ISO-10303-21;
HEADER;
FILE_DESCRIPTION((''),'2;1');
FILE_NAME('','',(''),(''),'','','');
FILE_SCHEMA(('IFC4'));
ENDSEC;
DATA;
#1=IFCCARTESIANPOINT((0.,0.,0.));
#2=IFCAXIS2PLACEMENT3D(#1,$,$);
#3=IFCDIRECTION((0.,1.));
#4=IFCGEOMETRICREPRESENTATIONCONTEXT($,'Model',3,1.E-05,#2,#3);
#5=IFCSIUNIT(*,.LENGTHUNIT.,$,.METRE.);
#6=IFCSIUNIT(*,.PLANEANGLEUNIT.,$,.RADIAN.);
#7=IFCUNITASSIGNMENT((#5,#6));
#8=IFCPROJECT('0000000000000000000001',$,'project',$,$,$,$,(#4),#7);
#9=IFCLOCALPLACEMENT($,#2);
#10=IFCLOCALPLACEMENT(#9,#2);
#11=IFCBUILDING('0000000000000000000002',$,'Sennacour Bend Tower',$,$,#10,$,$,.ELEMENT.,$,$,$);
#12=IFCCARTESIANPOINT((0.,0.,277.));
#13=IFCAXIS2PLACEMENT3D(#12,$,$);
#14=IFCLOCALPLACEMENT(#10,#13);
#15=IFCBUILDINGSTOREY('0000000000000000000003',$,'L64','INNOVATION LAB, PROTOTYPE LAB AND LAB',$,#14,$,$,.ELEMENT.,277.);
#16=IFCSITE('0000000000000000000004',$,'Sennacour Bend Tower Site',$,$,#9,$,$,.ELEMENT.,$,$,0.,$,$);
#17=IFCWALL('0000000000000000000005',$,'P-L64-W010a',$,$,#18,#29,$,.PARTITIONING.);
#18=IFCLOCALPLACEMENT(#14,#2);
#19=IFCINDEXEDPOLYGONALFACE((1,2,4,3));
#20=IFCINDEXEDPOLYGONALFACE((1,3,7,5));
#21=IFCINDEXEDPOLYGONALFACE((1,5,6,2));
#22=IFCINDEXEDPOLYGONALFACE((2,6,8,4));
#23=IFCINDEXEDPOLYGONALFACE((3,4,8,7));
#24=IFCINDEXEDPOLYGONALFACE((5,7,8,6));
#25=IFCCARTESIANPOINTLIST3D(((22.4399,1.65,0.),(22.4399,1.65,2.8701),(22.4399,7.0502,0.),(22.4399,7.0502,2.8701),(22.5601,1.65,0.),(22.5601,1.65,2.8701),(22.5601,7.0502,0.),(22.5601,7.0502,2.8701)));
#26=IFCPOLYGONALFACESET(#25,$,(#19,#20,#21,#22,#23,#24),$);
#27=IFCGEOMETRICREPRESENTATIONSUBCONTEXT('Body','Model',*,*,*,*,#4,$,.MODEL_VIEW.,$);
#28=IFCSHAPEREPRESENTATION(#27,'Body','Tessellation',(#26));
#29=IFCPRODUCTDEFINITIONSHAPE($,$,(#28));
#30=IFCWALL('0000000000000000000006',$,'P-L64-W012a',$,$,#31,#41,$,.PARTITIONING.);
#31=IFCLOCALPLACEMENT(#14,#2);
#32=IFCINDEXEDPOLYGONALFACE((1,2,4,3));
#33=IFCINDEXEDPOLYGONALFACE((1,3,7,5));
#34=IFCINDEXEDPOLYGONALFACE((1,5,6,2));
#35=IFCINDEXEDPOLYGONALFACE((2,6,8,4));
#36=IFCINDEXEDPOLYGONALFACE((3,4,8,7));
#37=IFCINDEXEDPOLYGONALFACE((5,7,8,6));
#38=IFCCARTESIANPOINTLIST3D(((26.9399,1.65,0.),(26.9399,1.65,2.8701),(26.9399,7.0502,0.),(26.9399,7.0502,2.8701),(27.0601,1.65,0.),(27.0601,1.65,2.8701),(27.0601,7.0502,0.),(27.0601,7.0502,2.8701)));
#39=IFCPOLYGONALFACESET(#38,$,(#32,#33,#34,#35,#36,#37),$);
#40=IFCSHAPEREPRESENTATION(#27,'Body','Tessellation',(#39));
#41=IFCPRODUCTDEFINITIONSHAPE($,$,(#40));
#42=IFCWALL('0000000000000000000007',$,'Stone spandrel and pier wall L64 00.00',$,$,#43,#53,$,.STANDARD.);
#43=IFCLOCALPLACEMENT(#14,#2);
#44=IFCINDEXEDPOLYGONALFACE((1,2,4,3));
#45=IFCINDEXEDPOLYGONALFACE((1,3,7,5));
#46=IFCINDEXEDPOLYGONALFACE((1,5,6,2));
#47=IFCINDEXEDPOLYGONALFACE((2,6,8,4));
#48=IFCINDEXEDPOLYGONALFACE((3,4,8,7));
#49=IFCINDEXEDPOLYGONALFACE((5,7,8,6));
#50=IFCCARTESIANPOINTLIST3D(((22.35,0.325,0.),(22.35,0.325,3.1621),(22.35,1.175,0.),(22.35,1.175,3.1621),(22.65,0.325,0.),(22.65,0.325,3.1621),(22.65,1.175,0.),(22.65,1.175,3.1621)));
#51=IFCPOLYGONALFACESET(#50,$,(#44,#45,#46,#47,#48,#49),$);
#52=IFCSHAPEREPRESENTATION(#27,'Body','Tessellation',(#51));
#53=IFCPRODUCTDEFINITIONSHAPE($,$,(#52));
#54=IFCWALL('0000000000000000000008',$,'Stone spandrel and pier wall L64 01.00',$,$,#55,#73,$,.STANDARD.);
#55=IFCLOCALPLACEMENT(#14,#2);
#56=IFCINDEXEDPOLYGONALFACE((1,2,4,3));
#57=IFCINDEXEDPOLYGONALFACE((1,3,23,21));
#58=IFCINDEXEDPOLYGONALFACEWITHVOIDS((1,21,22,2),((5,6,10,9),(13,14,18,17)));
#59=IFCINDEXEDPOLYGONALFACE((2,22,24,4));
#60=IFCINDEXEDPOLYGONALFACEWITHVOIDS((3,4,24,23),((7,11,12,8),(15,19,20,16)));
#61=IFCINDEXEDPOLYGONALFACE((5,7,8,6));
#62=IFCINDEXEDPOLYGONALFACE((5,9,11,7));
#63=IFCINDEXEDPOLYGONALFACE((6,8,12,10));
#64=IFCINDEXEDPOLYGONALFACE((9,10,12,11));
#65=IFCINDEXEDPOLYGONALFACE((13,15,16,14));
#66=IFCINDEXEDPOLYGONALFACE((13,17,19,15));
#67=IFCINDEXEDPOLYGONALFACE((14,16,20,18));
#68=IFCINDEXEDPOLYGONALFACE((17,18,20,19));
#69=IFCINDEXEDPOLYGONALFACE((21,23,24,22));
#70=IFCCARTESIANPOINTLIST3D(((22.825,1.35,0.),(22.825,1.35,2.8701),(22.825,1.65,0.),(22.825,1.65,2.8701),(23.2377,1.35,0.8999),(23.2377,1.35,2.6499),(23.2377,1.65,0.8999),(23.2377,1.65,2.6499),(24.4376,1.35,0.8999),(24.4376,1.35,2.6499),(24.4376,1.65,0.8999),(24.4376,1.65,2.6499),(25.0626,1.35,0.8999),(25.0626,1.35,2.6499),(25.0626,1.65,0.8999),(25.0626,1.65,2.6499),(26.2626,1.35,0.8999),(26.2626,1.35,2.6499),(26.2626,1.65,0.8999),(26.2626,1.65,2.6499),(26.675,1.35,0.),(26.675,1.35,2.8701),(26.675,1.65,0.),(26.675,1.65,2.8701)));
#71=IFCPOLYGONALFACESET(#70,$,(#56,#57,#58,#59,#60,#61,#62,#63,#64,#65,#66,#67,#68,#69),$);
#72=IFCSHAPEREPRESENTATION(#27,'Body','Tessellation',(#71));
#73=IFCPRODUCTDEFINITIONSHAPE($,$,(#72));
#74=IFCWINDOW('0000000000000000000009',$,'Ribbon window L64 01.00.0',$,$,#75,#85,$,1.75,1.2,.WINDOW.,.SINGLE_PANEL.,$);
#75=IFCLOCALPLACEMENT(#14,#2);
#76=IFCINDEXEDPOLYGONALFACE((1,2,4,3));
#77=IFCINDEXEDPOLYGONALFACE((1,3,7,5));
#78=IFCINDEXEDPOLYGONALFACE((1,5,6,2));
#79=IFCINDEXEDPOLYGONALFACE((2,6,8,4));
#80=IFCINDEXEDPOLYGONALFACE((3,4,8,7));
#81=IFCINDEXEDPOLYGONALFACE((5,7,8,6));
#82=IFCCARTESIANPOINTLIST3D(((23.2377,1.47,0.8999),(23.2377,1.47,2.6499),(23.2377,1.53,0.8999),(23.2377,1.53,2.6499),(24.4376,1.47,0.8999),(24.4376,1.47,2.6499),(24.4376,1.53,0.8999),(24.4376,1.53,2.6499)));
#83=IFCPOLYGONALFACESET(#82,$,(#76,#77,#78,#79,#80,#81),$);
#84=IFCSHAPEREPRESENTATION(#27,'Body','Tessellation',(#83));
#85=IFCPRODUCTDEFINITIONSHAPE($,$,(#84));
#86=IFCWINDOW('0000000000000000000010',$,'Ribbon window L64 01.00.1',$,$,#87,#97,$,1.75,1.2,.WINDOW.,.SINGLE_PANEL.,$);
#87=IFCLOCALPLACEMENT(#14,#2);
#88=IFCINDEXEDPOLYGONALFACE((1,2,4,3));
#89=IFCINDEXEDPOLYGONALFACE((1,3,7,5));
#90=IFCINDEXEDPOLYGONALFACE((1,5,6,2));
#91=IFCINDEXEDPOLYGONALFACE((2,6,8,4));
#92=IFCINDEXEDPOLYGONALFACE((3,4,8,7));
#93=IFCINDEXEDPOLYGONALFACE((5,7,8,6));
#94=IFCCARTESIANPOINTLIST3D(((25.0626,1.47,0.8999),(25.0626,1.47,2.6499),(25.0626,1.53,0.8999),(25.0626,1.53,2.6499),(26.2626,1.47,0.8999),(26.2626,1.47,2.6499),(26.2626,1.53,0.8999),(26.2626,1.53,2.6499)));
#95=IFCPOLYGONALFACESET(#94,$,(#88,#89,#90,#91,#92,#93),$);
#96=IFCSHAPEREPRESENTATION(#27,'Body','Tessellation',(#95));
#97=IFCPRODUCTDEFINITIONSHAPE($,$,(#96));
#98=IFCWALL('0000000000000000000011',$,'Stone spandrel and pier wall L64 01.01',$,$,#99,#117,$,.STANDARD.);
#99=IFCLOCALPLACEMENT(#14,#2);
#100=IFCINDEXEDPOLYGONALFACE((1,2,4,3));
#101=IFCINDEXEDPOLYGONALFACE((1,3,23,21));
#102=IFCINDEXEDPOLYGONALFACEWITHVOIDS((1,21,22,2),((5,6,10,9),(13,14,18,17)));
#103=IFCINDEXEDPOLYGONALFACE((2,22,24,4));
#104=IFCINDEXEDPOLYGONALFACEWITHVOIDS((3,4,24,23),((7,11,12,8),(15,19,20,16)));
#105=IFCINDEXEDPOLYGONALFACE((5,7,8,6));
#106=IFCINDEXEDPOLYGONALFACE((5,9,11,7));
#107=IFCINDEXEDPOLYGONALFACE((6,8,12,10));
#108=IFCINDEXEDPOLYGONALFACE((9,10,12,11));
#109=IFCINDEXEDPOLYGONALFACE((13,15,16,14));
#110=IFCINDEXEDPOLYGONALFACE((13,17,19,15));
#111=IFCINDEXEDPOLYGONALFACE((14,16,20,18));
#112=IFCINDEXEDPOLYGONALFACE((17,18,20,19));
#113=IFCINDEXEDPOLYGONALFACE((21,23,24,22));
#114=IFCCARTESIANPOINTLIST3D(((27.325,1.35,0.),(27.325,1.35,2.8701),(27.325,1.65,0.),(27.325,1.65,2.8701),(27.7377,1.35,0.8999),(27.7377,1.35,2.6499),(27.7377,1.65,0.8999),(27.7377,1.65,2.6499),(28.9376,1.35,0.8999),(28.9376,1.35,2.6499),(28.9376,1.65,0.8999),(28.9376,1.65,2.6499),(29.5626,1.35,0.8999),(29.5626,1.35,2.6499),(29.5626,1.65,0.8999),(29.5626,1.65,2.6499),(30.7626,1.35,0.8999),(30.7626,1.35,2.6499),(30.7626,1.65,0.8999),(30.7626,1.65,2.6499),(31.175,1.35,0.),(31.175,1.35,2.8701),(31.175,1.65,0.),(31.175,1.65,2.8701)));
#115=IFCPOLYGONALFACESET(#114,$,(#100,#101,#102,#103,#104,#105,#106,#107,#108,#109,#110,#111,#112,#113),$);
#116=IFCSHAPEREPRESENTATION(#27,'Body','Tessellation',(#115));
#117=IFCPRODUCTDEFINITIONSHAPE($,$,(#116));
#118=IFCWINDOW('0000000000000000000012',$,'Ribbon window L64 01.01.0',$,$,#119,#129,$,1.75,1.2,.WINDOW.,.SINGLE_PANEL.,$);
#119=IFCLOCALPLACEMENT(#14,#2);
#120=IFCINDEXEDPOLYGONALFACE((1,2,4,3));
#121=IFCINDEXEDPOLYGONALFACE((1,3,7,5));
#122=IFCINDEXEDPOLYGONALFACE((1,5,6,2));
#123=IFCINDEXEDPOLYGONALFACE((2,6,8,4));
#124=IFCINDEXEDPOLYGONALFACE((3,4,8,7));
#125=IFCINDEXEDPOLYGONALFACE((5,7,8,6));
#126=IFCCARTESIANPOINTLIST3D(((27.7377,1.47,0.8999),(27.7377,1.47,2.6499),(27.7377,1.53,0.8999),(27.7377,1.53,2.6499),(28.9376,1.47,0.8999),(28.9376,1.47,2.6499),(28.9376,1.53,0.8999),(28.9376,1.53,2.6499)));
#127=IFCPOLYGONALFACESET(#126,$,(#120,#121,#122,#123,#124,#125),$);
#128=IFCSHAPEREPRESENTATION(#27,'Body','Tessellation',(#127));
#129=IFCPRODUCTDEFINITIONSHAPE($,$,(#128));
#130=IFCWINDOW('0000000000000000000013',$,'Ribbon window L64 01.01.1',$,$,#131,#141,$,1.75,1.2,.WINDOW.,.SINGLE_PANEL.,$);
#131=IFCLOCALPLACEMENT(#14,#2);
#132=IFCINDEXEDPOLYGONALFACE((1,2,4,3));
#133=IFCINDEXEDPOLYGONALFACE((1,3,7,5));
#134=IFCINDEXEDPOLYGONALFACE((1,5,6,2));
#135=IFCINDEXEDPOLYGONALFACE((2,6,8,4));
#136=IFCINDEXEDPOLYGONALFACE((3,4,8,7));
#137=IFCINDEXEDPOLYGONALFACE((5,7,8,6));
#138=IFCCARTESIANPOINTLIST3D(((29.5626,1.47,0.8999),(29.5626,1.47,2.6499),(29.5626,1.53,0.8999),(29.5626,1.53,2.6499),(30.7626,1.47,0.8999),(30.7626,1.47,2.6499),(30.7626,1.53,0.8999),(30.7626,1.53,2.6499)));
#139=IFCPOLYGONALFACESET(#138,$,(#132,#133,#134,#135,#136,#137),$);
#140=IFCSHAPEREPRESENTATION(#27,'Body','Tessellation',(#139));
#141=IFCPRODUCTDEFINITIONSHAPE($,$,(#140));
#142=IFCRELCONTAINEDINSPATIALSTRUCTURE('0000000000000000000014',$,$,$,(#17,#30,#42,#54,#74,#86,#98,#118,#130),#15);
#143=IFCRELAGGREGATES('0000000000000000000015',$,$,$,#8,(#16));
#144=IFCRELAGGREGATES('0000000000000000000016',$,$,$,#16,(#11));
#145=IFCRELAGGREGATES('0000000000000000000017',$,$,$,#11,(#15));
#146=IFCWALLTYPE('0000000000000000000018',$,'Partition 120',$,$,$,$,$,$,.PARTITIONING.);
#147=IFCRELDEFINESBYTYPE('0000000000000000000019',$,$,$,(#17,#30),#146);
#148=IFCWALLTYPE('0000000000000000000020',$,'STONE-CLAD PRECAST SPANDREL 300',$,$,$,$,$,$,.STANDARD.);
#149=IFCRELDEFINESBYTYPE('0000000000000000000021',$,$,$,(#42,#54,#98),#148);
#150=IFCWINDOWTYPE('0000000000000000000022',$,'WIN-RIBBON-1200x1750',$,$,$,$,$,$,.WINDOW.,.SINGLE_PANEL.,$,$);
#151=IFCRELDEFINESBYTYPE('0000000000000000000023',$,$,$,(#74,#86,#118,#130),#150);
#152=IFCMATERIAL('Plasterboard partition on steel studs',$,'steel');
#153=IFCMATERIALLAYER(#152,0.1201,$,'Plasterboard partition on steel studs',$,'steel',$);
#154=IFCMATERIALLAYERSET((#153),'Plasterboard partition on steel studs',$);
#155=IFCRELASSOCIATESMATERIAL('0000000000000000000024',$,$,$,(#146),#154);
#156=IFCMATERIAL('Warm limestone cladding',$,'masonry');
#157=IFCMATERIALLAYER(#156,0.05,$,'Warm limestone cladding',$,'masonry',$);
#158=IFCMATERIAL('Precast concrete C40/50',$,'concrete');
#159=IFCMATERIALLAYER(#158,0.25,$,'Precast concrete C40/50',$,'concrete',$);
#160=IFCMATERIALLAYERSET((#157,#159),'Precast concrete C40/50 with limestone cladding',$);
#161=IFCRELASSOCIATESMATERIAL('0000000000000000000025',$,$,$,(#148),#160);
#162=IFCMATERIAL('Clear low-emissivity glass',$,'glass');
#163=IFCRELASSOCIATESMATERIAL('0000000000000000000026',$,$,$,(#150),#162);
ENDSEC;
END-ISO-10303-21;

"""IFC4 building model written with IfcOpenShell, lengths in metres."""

from ifc_helpers import new_model, si_unit, direction, frame, frame_2d, origin, place, context, subcontext, project, spatial, rectangle, extrude, material, layer, layer_set, type_object, element, fill, save


model = new_model("IFC4")

# Units and contexts
model_context = context("Model", 3, precision=1e-05, world=origin(), true_north=direction((0.0, 1.0)))
body_context = subcontext(model_context, "Body", "Model", "MODEL_VIEW")
ifc_project = project(units=[si_unit("LENGTHUNIT", "METRE"), si_unit("PLANEANGLEUNIT", "RADIAN")], contexts=[model_context])

# Site, building, storey
site_placement = place(None, origin())
site = spatial("IfcSite", under=ifc_project, at=site_placement, Name="Sennacour Bend Tower Site", CompositionType="ELEMENT", RefElevation=0.0)
building_placement = place(site_placement, origin())
building = spatial("IfcBuilding", under=site, at=building_placement, Name="Sennacour Bend Tower", CompositionType="ELEMENT")
storey_placement = place(building_placement, frame((0.0, 0.0, 277.0)))
storey = spatial("IfcBuildingStorey", under=building, at=storey_placement, Name="L64", Description="INNOVATION LAB, PROTOTYPE LAB AND LAB", CompositionType="ELEMENT", Elevation=277.0)

# Walls
ifc_material_1 = material(Name="Plasterboard partition on steel studs", Category="steel")
ifc_layer_1 = layer(ifc_material_1, 0.1201, Name="Plasterboard partition on steel studs", Category="steel")
ifc_layer_set_1 = layer_set([ifc_layer_1], Name="Plasterboard partition on steel studs")
wall_type_1 = type_object("IfcWallType", Name="Partition 120", PredefinedType="PARTITIONING", material=ifc_layer_set_1)
for number, where, z_axis, x_axis, name in (
    (1, (22.5, 1.6499, 0.0), (0.0, 0.0, 1.0), (0.0, 1.0, 0.0), "P-L64-W010a"),
    (2, (27.0, 1.6499, 0.0), (0.0, 0.0, 1.0), (0.0, 1.0, 0.0), "P-L64-W012a"),
):
    element("IfcWall", number, at=place(storey_placement, frame(where, z_axis=z_axis, x_axis=x_axis)), inside=storey, type_object=wall_type_1, Name=name, PredefinedType="PARTITIONING", context=body_context, shape_type="SweptSolid", body=[
        extrude(rectangle(XDim=5.4001, YDim=0.1201, at=frame_2d((2.7002, 0.0))), origin(), (0.0, 0.0, 1.0), 2.8701),
    ])
ifc_material_2 = material(Name="Warm limestone cladding", Category="masonry")
ifc_layer_2 = layer(ifc_material_2, 0.05, Name="Warm limestone cladding", Category="masonry")
ifc_material_3 = material(Name="Precast concrete C40/50", Category="concrete")
ifc_layer_3 = layer(ifc_material_3, 0.25, Name="Precast concrete C40/50", Category="concrete")
ifc_layer_set_2 = layer_set([ifc_layer_2, ifc_layer_3], Name="Precast concrete C40/50 with limestone cladding")
wall_type_2 = type_object("IfcWallType", Name="STONE-CLAD PRECAST SPANDREL 300", PredefinedType="STANDARD", material=ifc_layer_set_2)
wall_1_placement = place(storey_placement, frame((22.5, 0.325, 0.0), z_axis=(0.0, 0.0, 1.0), x_axis=(0.0, 1.0, 0.0)))
element("IfcWall", 3, at=wall_1_placement, inside=storey, type_object=wall_type_2, Name="Stone spandrel and pier wall L64 00.00", PredefinedType="STANDARD", context=body_context, shape_type="SweptSolid", body=[
    extrude(rectangle(XDim=0.8501, YDim=0.3, at=frame_2d((0.425, 0.0))), origin(), (0.0, 0.0, 1.0), 3.1621),
])

# Walls, openings, windows
wall_2_placement = place(storey_placement, frame((22.825, 1.5, 0.0), z_axis=(0.0, 0.0, 1.0), x_axis=(1.0, 0.0, 0.0)))
wall_2 = element("IfcWall", 4, at=wall_2_placement, inside=storey, type_object=wall_type_2, Name="Stone spandrel and pier wall L64 01.00", PredefinedType="STANDARD", context=body_context, shape_type="SweptSolid", body=[
    extrude(rectangle(XDim=3.8501, YDim=0.3, at=frame_2d((1.925, 0.0))), origin(), (0.0, 0.0, 1.0), 2.8701),
])
opening_1_placement = place(wall_2_placement, frame((0.4126, 0.0, 0.8999)))
opening_1 = element("IfcOpeningElement", 5, at=opening_1_placement, cuts=wall_2, PredefinedType="OPENING", context=body_context, shape_type="SweptSolid", body=[
    extrude(rectangle(XDim=1.2, YDim=1.75, at=frame_2d((0.6001, 0.875))), frame((0.0, 0.1602, 0.0), z_axis=(0.0, -1.0, 0.0), x_axis=(1.0, 0.0, 0.0)), (0.0, 0.0, 1.0), 0.3201),
])
opening_2_placement = place(wall_2_placement, frame((2.2375, 0.0, 0.8999)))
opening_2 = element("IfcOpeningElement", 6, at=opening_2_placement, cuts=wall_2, PredefinedType="OPENING", context=body_context, shape_type="SweptSolid", body=[
    extrude(rectangle(XDim=1.2, YDim=1.75, at=frame_2d((0.6001, 0.875))), frame((0.0, 0.1602, 0.0), z_axis=(0.0, -1.0, 0.0), x_axis=(1.0, 0.0, 0.0)), (0.0, 0.0, 1.0), 0.3201),
])
ifc_material_4 = material(Name="Clear low-emissivity glass", Category="glass")
window_type = type_object("IfcWindowType", Name="WIN-RIBBON-1200x1750", PartitioningType="SINGLE_PANEL", PredefinedType="WINDOW", material=ifc_material_4)
window_1_placement = place(opening_1_placement, origin())
window_1 = element("IfcWindow", 7, at=window_1_placement, inside=storey, type_object=window_type, Name="Ribbon window L64 01.00.0", OverallHeight=1.75, OverallWidth=1.2, PartitioningType="SINGLE_PANEL", PredefinedType="WINDOW", context=body_context, shape_type="SweptSolid", body=[
    extrude(rectangle(XDim=1.2, YDim=1.75, at=frame_2d((0.6001, 0.875))), frame((0.0, 0.03, 0.0), z_axis=(0.0, -1.0, 0.0), x_axis=(1.0, 0.0, 0.0)), (0.0, 0.0, 1.0), 0.0601),
])
fill(opening_1, window_1)
window_2_placement = place(opening_2_placement, origin())
window_2 = element("IfcWindow", 8, at=window_2_placement, inside=storey, type_object=window_type, Name="Ribbon window L64 01.00.1", OverallHeight=1.75, OverallWidth=1.2, PartitioningType="SINGLE_PANEL", PredefinedType="WINDOW", context=body_context, shape_type="SweptSolid", body=[
    extrude(rectangle(XDim=1.2, YDim=1.75, at=frame_2d((0.6001, 0.875))), frame((0.0, 0.03, 0.0), z_axis=(0.0, -1.0, 0.0), x_axis=(1.0, 0.0, 0.0)), (0.0, 0.0, 1.0), 0.0601),
])
fill(opening_2, window_2)
wall_3_placement = place(storey_placement, frame((27.325, 1.5, 0.0), z_axis=(0.0, 0.0, 1.0), x_axis=(1.0, 0.0, 0.0)))
wall_3 = element("IfcWall", 9, at=wall_3_placement, inside=storey, type_object=wall_type_2, Name="Stone spandrel and pier wall L64 01.01", PredefinedType="STANDARD", context=body_context, shape_type="SweptSolid", body=[
    extrude(rectangle(XDim=3.8501, YDim=0.3, at=frame_2d((1.925, 0.0))), origin(), (0.0, 0.0, 1.0), 2.8701),
])
opening_3_placement = place(wall_3_placement, frame((0.4126, 0.0, 0.8999)))
opening_3 = element("IfcOpeningElement", 10, at=opening_3_placement, cuts=wall_3, PredefinedType="OPENING", context=body_context, shape_type="SweptSolid", body=[
    extrude(rectangle(XDim=1.2, YDim=1.75, at=frame_2d((0.6001, 0.875))), frame((0.0, 0.1602, 0.0), z_axis=(0.0, -1.0, 0.0), x_axis=(1.0, 0.0, 0.0)), (0.0, 0.0, 1.0), 0.3201),
])
opening_4_placement = place(wall_3_placement, frame((2.2375, 0.0, 0.8999)))
opening_4 = element("IfcOpeningElement", 11, at=opening_4_placement, cuts=wall_3, PredefinedType="OPENING", context=body_context, shape_type="SweptSolid", body=[
    extrude(rectangle(XDim=1.2, YDim=1.75, at=frame_2d((0.6001, 0.875))), frame((0.0, 0.1602, 0.0), z_axis=(0.0, -1.0, 0.0), x_axis=(1.0, 0.0, 0.0)), (0.0, 0.0, 1.0), 0.3201),
])
window_3_placement = place(opening_3_placement, origin())
window_3 = element("IfcWindow", 12, at=window_3_placement, inside=storey, type_object=window_type, Name="Ribbon window L64 01.01.0", OverallHeight=1.75, OverallWidth=1.2, PartitioningType="SINGLE_PANEL", PredefinedType="WINDOW", context=body_context, shape_type="SweptSolid", body=[
    extrude(rectangle(XDim=1.2, YDim=1.75, at=frame_2d((0.6001, 0.875))), frame((0.0, 0.03, 0.0), z_axis=(0.0, -1.0, 0.0), x_axis=(1.0, 0.0, 0.0)), (0.0, 0.0, 1.0), 0.0601),
])
fill(opening_3, window_3)
window_4_placement = place(opening_4_placement, origin())
window_4 = element("IfcWindow", 13, at=window_4_placement, inside=storey, type_object=window_type, Name="Ribbon window L64 01.01.1", OverallHeight=1.75, OverallWidth=1.2, PartitioningType="SINGLE_PANEL", PredefinedType="WINDOW", context=body_context, shape_type="SweptSolid", body=[
    extrude(rectangle(XDim=1.2, YDim=1.75, at=frame_2d((0.6001, 0.875))), frame((0.0, 0.03, 0.0), z_axis=(0.0, -1.0, 0.0), x_axis=(1.0, 0.0, 0.0)), (0.0, 0.0, 1.0), 0.0601),
])
fill(opening_4, window_4)

save(model, "model.ifc")
